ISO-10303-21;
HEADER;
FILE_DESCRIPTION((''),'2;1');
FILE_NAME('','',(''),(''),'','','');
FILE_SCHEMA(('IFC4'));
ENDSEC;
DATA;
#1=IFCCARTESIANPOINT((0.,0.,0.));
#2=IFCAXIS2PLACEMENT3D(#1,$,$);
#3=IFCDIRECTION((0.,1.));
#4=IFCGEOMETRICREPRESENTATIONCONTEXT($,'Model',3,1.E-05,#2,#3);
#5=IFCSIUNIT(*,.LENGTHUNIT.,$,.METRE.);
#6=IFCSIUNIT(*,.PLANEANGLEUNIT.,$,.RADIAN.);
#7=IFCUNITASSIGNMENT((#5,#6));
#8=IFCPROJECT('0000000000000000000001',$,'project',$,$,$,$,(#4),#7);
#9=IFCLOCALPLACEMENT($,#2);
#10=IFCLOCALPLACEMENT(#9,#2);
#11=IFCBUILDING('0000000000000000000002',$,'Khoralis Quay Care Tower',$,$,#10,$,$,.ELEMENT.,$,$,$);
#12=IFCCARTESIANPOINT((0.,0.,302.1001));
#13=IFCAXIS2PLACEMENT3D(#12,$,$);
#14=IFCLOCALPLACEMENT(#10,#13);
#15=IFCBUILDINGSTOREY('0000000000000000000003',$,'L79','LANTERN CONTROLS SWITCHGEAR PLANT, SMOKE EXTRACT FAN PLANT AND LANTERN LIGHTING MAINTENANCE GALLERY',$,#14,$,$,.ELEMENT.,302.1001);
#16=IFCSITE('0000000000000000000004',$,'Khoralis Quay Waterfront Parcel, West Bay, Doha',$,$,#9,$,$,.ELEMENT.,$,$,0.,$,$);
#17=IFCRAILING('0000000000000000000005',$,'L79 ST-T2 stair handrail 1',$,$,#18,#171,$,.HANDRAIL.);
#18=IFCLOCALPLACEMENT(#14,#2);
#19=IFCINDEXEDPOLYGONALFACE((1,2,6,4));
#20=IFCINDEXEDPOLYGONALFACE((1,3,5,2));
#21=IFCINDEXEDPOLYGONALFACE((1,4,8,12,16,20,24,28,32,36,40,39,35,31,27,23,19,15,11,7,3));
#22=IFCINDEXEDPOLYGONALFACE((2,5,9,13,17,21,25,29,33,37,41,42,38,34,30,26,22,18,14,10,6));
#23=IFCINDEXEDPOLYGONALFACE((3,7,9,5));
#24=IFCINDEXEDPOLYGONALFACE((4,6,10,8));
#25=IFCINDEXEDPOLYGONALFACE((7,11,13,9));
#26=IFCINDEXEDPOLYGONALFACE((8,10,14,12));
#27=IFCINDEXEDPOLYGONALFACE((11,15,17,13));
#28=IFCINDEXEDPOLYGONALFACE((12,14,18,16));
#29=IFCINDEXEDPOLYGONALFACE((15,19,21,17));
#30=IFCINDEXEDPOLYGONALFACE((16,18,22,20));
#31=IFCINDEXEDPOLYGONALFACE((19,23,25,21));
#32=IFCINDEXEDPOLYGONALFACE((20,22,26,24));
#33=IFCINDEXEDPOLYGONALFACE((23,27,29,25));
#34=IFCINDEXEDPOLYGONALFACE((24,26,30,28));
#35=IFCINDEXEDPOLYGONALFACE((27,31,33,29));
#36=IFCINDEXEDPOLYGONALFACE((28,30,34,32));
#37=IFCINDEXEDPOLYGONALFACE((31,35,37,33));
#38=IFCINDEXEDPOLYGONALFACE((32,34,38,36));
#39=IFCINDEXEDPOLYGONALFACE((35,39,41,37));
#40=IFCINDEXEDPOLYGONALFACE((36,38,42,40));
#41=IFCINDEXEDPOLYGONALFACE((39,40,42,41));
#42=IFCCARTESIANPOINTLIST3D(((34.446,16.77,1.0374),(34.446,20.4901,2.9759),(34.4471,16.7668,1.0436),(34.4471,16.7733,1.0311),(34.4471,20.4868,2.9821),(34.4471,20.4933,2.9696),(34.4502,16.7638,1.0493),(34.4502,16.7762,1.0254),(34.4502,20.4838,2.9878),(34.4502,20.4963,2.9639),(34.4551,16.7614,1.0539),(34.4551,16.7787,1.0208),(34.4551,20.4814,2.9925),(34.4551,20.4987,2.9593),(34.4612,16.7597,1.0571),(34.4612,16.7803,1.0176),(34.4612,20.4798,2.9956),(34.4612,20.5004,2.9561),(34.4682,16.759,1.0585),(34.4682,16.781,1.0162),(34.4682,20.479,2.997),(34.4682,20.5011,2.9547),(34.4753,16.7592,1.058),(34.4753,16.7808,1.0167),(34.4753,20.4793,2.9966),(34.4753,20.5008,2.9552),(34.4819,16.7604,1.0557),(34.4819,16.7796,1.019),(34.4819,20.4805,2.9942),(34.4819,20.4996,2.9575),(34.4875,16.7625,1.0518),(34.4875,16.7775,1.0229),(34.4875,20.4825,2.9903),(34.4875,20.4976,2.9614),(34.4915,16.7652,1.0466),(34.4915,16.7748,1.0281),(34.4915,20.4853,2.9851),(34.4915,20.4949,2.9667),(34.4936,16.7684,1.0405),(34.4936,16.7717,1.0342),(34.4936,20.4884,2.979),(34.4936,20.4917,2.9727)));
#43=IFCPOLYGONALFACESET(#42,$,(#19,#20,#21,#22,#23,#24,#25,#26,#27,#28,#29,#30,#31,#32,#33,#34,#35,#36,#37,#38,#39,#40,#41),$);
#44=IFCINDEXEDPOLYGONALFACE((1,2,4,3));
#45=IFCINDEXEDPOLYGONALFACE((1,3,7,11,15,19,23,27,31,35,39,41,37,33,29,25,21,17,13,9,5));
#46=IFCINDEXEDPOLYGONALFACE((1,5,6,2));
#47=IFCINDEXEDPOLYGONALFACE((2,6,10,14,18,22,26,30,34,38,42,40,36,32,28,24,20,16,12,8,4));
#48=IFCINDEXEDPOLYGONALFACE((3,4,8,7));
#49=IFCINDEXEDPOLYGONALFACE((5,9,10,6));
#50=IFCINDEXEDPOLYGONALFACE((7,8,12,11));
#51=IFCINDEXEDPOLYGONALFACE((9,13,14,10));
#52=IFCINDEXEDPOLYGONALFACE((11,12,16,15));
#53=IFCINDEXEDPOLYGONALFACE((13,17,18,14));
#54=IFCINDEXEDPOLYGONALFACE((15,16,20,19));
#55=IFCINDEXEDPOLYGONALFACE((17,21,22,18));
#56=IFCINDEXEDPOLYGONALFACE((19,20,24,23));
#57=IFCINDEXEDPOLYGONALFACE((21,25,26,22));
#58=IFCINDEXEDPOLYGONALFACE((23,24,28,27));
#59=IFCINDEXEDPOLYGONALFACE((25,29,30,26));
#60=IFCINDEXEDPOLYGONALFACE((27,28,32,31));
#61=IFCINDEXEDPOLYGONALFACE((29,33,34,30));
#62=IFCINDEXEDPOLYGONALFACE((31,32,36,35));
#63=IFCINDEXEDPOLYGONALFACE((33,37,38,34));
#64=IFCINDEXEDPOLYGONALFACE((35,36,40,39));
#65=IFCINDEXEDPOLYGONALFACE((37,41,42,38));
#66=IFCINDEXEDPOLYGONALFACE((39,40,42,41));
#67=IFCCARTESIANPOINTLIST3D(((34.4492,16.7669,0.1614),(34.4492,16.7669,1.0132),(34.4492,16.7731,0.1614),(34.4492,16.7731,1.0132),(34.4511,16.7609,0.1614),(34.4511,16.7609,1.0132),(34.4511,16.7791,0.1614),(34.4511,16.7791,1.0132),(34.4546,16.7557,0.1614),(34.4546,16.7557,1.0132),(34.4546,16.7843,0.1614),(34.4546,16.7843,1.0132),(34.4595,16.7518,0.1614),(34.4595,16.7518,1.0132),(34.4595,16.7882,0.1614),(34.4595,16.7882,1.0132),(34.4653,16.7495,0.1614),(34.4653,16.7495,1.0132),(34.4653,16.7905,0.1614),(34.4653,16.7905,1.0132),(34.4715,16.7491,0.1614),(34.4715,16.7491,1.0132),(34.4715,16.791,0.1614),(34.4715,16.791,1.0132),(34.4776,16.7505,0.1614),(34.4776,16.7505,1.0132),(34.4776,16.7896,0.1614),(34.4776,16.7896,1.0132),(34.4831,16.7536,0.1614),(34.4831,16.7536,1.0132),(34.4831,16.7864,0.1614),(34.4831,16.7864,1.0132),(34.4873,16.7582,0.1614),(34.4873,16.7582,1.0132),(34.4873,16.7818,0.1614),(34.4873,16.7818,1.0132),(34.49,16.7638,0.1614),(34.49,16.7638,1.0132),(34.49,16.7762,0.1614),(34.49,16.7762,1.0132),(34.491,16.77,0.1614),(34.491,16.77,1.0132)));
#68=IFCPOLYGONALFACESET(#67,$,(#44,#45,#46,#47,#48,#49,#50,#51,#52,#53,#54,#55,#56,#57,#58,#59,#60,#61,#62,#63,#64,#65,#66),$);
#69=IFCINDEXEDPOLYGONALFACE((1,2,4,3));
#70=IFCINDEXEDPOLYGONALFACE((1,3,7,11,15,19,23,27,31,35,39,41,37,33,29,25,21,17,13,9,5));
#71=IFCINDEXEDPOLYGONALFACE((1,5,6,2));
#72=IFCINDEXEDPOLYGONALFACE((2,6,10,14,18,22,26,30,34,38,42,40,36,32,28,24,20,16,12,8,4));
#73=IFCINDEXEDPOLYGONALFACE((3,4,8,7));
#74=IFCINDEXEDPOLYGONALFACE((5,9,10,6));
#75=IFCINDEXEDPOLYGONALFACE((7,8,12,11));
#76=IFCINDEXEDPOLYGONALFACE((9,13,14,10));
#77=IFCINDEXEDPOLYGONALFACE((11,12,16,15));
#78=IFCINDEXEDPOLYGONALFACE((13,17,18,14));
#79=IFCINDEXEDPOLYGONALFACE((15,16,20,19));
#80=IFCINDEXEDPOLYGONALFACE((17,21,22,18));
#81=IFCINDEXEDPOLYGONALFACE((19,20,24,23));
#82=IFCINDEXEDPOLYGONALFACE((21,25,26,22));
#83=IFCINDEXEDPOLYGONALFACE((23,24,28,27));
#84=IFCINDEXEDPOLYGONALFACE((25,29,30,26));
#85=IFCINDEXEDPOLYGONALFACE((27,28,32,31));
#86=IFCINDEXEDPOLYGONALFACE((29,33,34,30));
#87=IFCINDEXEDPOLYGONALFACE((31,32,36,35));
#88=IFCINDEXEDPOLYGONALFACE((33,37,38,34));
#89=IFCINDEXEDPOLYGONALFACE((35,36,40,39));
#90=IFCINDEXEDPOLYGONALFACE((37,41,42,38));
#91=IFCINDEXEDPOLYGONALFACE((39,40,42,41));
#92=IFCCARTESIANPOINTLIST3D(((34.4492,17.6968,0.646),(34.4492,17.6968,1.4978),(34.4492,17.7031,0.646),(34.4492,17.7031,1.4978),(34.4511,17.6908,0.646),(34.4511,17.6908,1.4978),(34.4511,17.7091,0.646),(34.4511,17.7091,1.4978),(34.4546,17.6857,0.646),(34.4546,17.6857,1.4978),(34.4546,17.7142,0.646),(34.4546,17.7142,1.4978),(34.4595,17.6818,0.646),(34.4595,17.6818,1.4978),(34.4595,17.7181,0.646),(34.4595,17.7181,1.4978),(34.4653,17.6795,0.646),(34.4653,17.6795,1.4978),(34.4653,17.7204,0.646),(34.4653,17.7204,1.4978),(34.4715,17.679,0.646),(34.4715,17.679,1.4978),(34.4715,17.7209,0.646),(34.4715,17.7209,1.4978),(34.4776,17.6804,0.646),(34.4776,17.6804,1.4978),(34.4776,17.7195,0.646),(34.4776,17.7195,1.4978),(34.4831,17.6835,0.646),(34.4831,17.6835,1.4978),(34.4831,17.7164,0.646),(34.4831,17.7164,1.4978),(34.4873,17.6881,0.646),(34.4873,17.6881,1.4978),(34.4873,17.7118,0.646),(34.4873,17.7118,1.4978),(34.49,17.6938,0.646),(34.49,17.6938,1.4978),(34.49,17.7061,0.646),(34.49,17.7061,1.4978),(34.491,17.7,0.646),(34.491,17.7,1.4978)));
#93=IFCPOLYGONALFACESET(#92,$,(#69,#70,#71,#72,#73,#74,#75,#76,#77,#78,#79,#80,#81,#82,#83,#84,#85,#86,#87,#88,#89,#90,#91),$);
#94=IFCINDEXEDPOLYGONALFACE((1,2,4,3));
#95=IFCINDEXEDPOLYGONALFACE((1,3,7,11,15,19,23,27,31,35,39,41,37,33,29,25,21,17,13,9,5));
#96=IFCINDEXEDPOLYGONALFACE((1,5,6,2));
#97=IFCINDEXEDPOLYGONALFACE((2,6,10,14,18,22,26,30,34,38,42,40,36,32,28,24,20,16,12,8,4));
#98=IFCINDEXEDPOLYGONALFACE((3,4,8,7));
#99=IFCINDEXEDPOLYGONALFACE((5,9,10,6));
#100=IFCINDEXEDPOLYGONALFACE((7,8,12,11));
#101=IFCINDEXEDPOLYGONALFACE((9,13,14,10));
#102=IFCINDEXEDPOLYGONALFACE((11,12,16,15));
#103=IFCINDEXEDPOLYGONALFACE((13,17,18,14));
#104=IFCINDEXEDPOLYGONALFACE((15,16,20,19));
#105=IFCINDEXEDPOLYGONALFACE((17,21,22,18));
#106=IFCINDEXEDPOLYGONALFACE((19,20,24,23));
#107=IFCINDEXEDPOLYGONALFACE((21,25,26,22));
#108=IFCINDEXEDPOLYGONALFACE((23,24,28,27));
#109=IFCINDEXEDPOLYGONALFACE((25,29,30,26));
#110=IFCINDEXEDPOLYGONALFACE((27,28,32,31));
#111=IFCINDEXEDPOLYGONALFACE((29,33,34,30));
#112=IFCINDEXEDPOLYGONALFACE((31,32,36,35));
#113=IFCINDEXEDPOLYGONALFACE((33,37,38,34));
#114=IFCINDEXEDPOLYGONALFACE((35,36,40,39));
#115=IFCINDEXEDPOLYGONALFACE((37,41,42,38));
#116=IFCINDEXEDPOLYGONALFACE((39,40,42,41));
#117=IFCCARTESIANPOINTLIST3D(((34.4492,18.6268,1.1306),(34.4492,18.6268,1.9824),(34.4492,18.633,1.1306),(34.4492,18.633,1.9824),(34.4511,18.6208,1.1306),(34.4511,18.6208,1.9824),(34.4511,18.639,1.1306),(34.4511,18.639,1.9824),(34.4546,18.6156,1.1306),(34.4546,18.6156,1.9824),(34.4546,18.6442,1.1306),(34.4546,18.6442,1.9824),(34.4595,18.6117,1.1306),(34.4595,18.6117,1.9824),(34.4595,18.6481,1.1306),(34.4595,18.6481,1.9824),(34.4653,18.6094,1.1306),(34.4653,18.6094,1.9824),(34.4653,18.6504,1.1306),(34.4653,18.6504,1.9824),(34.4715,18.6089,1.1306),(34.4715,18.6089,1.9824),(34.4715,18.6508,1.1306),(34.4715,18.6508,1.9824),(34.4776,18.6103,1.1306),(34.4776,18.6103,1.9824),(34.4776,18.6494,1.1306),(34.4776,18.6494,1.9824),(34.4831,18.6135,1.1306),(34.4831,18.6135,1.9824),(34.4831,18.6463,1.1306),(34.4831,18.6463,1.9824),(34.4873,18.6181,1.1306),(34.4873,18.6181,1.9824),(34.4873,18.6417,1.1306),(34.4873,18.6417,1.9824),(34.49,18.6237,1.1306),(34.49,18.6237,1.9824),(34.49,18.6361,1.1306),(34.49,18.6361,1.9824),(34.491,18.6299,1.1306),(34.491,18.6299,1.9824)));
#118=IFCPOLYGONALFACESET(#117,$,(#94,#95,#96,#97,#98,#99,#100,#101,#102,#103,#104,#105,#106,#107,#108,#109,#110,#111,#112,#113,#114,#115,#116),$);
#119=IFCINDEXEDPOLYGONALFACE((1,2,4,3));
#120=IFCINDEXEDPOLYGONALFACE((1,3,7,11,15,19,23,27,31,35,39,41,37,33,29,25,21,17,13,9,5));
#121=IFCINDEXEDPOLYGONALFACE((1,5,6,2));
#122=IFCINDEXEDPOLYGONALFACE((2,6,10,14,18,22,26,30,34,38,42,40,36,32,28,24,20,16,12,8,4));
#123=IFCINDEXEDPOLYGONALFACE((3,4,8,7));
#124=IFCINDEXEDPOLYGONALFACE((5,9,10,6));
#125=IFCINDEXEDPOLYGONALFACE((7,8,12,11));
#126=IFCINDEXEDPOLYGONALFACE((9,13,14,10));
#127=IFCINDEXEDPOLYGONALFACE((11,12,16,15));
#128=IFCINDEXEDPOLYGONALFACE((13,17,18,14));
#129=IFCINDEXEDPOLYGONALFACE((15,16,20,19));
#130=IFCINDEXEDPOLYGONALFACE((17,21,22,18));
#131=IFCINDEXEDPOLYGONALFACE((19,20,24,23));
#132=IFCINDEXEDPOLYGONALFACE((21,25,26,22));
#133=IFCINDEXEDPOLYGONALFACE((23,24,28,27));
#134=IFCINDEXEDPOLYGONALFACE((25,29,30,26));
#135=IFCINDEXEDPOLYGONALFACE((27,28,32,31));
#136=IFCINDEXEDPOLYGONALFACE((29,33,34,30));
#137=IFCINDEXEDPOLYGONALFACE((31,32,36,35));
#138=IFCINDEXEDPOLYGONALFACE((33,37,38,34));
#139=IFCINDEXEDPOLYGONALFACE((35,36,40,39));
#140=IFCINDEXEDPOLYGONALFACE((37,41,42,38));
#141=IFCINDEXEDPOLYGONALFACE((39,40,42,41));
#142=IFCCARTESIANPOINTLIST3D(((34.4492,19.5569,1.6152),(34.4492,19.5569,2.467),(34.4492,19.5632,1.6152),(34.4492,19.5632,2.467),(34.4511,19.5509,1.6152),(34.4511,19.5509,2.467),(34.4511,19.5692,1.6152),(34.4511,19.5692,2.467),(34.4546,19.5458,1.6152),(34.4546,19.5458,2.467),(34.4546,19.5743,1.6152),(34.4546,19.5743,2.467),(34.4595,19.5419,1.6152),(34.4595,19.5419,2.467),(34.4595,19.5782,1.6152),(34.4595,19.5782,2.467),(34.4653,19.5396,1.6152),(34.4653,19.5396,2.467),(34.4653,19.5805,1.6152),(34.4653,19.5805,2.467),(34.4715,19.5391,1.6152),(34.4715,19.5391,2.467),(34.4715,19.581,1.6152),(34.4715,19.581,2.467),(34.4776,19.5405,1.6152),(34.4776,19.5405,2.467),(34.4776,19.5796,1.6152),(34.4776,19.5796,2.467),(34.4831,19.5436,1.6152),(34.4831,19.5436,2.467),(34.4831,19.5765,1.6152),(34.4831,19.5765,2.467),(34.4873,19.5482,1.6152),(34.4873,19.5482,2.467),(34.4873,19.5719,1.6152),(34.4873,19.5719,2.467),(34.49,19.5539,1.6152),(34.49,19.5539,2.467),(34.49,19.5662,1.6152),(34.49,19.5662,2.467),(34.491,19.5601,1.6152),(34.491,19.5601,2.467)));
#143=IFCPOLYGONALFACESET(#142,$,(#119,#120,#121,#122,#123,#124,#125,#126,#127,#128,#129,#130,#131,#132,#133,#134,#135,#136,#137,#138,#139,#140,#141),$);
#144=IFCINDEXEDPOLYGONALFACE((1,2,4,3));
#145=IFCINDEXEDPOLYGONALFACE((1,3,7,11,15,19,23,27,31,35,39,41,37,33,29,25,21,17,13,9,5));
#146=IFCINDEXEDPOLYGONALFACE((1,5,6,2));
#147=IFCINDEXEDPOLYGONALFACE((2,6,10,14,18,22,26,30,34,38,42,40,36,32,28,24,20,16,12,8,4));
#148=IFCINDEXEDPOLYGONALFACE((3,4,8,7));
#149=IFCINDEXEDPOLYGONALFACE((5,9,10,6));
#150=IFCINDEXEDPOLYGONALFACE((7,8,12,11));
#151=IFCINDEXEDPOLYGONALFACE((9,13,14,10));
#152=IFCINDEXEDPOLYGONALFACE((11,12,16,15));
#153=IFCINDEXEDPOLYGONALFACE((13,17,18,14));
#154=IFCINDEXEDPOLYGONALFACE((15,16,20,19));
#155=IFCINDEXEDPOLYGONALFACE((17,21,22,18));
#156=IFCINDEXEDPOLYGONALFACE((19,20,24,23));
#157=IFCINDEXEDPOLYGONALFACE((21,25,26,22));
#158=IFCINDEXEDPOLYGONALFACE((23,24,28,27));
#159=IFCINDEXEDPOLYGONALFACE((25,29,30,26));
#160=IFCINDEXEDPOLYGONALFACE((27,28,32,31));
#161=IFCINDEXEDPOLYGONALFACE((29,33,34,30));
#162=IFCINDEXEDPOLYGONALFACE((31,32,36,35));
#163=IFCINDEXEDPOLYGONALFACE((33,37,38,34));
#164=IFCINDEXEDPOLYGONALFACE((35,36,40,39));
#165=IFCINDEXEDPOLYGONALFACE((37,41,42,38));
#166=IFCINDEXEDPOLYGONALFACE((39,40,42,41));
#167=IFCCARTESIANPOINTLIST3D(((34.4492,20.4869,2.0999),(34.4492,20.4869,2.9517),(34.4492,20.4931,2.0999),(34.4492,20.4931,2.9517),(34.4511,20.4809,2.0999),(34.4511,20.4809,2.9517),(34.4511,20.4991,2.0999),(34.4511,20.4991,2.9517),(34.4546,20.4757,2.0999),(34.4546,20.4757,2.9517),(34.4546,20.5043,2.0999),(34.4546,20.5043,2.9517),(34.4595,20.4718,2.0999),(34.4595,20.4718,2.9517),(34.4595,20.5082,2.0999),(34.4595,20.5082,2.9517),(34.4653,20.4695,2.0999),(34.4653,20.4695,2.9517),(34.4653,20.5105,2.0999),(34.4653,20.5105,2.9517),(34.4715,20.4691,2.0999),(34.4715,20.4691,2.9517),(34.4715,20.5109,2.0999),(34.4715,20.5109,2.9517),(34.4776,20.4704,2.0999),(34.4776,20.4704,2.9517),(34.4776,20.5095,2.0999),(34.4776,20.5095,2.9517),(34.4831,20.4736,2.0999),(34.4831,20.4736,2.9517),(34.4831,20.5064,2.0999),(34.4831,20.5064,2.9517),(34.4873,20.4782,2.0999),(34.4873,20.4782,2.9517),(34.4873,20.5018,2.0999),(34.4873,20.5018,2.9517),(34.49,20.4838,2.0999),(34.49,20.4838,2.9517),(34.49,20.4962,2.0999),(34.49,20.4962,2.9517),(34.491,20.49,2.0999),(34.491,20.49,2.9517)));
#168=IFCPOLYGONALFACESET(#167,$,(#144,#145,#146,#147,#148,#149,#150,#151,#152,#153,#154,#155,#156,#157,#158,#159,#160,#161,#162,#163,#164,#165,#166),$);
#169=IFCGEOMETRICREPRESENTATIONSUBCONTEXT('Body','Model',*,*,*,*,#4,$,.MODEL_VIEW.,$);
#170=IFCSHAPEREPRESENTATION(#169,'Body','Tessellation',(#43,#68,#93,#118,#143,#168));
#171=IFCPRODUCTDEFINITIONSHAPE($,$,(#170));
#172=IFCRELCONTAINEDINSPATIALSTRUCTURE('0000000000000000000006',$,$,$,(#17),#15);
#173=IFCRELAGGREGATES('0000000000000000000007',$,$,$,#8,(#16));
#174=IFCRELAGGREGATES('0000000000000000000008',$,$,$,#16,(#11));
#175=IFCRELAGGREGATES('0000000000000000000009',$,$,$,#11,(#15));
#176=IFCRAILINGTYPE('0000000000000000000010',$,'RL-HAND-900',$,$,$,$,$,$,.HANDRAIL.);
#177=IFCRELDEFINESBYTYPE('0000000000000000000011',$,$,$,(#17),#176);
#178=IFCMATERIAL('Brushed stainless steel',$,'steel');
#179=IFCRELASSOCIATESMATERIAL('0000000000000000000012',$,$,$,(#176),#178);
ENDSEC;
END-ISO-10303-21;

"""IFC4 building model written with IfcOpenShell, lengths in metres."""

from ifc_helpers import new_model, si_unit, direction, frame, origin, origin_2d, place, context, subcontext, project, spatial, circle, extrude, material, type_object, element, save


model = new_model("IFC4")

# Units and contexts
model_context = context("Model", 3, precision=1e-05, world=origin(), true_north=direction((0.0, 1.0)))
body_context = subcontext(model_context, "Body", "Model", "MODEL_VIEW")
ifc_project = project(units=[si_unit("LENGTHUNIT", "METRE"), si_unit("PLANEANGLEUNIT", "RADIAN")], contexts=[model_context])

# Site, building, storey
site_placement = place(None, origin())
site = spatial("IfcSite", under=ifc_project, at=site_placement, Name="Khoralis Quay Waterfront Parcel, West Bay, Doha", CompositionType="ELEMENT", RefElevation=0.0)
building_placement = place(site_placement, origin())
building = spatial("IfcBuilding", under=site, at=building_placement, Name="Khoralis Quay Care Tower", CompositionType="ELEMENT")
storey_placement = place(building_placement, frame((0.0, 0.0, 302.1001)))
storey = spatial("IfcBuildingStorey", under=building, at=storey_placement, Name="L79", Description="LANTERN CONTROLS SWITCHGEAR PLANT, SMOKE EXTRACT FAN PLANT AND LANTERN LIGHTING MAINTENANCE GALLERY", CompositionType="ELEMENT", Elevation=302.1001)

# Shared definitions
ifc_material_1 = material(Name="Brushed stainless steel", Category="steel")

# Railing
railing_type_1 = type_object("IfcRailingType", Name="RL-HAND-900", PredefinedType="HANDRAIL", material=ifc_material_1)
railing_1_placement = place(storey_placement, frame((34.47, 16.77, 0.1614)))
element("IfcRailing", 1, at=railing_1_placement, inside=storey, type_object=railing_type_1, Name="L79 ST-T2 stair handrail 1", PredefinedType="HANDRAIL", context=body_context, shape_type="SweptSolid", body=[
    extrude(circle(Radius=0.0239, at=origin_2d()), frame((0.0, 0.0, 0.876), z_axis=(0.0, 0.886817, 0.46212), x_axis=(-1.0, 0.0, 0.0)), (0.0, 0.0, 1.0), 4.1948),
    extrude(circle(Radius=0.021, at=origin_2d()), origin(), (0.0, 0.0, 1.0), 0.8518),
    extrude(circle(Radius=0.021, at=origin_2d()), frame((0.0, 0.9299, 0.4846)), (0.0, 0.0, 1.0), 0.8518),
    extrude(circle(Radius=0.021, at=origin_2d()), frame((0.0, 1.8599, 0.9692)), (0.0, 0.0, 1.0), 0.8518),
    extrude(circle(Radius=0.021, at=origin_2d()), frame((0.0, 2.79, 1.4539)), (0.0, 0.0, 1.0), 0.8518),
    extrude(circle(Radius=0.021, at=origin_2d()), frame((0.0, 3.72, 1.9385)), (0.0, 0.0, 1.0), 0.8518),
])

save(model, "model.ifc")
